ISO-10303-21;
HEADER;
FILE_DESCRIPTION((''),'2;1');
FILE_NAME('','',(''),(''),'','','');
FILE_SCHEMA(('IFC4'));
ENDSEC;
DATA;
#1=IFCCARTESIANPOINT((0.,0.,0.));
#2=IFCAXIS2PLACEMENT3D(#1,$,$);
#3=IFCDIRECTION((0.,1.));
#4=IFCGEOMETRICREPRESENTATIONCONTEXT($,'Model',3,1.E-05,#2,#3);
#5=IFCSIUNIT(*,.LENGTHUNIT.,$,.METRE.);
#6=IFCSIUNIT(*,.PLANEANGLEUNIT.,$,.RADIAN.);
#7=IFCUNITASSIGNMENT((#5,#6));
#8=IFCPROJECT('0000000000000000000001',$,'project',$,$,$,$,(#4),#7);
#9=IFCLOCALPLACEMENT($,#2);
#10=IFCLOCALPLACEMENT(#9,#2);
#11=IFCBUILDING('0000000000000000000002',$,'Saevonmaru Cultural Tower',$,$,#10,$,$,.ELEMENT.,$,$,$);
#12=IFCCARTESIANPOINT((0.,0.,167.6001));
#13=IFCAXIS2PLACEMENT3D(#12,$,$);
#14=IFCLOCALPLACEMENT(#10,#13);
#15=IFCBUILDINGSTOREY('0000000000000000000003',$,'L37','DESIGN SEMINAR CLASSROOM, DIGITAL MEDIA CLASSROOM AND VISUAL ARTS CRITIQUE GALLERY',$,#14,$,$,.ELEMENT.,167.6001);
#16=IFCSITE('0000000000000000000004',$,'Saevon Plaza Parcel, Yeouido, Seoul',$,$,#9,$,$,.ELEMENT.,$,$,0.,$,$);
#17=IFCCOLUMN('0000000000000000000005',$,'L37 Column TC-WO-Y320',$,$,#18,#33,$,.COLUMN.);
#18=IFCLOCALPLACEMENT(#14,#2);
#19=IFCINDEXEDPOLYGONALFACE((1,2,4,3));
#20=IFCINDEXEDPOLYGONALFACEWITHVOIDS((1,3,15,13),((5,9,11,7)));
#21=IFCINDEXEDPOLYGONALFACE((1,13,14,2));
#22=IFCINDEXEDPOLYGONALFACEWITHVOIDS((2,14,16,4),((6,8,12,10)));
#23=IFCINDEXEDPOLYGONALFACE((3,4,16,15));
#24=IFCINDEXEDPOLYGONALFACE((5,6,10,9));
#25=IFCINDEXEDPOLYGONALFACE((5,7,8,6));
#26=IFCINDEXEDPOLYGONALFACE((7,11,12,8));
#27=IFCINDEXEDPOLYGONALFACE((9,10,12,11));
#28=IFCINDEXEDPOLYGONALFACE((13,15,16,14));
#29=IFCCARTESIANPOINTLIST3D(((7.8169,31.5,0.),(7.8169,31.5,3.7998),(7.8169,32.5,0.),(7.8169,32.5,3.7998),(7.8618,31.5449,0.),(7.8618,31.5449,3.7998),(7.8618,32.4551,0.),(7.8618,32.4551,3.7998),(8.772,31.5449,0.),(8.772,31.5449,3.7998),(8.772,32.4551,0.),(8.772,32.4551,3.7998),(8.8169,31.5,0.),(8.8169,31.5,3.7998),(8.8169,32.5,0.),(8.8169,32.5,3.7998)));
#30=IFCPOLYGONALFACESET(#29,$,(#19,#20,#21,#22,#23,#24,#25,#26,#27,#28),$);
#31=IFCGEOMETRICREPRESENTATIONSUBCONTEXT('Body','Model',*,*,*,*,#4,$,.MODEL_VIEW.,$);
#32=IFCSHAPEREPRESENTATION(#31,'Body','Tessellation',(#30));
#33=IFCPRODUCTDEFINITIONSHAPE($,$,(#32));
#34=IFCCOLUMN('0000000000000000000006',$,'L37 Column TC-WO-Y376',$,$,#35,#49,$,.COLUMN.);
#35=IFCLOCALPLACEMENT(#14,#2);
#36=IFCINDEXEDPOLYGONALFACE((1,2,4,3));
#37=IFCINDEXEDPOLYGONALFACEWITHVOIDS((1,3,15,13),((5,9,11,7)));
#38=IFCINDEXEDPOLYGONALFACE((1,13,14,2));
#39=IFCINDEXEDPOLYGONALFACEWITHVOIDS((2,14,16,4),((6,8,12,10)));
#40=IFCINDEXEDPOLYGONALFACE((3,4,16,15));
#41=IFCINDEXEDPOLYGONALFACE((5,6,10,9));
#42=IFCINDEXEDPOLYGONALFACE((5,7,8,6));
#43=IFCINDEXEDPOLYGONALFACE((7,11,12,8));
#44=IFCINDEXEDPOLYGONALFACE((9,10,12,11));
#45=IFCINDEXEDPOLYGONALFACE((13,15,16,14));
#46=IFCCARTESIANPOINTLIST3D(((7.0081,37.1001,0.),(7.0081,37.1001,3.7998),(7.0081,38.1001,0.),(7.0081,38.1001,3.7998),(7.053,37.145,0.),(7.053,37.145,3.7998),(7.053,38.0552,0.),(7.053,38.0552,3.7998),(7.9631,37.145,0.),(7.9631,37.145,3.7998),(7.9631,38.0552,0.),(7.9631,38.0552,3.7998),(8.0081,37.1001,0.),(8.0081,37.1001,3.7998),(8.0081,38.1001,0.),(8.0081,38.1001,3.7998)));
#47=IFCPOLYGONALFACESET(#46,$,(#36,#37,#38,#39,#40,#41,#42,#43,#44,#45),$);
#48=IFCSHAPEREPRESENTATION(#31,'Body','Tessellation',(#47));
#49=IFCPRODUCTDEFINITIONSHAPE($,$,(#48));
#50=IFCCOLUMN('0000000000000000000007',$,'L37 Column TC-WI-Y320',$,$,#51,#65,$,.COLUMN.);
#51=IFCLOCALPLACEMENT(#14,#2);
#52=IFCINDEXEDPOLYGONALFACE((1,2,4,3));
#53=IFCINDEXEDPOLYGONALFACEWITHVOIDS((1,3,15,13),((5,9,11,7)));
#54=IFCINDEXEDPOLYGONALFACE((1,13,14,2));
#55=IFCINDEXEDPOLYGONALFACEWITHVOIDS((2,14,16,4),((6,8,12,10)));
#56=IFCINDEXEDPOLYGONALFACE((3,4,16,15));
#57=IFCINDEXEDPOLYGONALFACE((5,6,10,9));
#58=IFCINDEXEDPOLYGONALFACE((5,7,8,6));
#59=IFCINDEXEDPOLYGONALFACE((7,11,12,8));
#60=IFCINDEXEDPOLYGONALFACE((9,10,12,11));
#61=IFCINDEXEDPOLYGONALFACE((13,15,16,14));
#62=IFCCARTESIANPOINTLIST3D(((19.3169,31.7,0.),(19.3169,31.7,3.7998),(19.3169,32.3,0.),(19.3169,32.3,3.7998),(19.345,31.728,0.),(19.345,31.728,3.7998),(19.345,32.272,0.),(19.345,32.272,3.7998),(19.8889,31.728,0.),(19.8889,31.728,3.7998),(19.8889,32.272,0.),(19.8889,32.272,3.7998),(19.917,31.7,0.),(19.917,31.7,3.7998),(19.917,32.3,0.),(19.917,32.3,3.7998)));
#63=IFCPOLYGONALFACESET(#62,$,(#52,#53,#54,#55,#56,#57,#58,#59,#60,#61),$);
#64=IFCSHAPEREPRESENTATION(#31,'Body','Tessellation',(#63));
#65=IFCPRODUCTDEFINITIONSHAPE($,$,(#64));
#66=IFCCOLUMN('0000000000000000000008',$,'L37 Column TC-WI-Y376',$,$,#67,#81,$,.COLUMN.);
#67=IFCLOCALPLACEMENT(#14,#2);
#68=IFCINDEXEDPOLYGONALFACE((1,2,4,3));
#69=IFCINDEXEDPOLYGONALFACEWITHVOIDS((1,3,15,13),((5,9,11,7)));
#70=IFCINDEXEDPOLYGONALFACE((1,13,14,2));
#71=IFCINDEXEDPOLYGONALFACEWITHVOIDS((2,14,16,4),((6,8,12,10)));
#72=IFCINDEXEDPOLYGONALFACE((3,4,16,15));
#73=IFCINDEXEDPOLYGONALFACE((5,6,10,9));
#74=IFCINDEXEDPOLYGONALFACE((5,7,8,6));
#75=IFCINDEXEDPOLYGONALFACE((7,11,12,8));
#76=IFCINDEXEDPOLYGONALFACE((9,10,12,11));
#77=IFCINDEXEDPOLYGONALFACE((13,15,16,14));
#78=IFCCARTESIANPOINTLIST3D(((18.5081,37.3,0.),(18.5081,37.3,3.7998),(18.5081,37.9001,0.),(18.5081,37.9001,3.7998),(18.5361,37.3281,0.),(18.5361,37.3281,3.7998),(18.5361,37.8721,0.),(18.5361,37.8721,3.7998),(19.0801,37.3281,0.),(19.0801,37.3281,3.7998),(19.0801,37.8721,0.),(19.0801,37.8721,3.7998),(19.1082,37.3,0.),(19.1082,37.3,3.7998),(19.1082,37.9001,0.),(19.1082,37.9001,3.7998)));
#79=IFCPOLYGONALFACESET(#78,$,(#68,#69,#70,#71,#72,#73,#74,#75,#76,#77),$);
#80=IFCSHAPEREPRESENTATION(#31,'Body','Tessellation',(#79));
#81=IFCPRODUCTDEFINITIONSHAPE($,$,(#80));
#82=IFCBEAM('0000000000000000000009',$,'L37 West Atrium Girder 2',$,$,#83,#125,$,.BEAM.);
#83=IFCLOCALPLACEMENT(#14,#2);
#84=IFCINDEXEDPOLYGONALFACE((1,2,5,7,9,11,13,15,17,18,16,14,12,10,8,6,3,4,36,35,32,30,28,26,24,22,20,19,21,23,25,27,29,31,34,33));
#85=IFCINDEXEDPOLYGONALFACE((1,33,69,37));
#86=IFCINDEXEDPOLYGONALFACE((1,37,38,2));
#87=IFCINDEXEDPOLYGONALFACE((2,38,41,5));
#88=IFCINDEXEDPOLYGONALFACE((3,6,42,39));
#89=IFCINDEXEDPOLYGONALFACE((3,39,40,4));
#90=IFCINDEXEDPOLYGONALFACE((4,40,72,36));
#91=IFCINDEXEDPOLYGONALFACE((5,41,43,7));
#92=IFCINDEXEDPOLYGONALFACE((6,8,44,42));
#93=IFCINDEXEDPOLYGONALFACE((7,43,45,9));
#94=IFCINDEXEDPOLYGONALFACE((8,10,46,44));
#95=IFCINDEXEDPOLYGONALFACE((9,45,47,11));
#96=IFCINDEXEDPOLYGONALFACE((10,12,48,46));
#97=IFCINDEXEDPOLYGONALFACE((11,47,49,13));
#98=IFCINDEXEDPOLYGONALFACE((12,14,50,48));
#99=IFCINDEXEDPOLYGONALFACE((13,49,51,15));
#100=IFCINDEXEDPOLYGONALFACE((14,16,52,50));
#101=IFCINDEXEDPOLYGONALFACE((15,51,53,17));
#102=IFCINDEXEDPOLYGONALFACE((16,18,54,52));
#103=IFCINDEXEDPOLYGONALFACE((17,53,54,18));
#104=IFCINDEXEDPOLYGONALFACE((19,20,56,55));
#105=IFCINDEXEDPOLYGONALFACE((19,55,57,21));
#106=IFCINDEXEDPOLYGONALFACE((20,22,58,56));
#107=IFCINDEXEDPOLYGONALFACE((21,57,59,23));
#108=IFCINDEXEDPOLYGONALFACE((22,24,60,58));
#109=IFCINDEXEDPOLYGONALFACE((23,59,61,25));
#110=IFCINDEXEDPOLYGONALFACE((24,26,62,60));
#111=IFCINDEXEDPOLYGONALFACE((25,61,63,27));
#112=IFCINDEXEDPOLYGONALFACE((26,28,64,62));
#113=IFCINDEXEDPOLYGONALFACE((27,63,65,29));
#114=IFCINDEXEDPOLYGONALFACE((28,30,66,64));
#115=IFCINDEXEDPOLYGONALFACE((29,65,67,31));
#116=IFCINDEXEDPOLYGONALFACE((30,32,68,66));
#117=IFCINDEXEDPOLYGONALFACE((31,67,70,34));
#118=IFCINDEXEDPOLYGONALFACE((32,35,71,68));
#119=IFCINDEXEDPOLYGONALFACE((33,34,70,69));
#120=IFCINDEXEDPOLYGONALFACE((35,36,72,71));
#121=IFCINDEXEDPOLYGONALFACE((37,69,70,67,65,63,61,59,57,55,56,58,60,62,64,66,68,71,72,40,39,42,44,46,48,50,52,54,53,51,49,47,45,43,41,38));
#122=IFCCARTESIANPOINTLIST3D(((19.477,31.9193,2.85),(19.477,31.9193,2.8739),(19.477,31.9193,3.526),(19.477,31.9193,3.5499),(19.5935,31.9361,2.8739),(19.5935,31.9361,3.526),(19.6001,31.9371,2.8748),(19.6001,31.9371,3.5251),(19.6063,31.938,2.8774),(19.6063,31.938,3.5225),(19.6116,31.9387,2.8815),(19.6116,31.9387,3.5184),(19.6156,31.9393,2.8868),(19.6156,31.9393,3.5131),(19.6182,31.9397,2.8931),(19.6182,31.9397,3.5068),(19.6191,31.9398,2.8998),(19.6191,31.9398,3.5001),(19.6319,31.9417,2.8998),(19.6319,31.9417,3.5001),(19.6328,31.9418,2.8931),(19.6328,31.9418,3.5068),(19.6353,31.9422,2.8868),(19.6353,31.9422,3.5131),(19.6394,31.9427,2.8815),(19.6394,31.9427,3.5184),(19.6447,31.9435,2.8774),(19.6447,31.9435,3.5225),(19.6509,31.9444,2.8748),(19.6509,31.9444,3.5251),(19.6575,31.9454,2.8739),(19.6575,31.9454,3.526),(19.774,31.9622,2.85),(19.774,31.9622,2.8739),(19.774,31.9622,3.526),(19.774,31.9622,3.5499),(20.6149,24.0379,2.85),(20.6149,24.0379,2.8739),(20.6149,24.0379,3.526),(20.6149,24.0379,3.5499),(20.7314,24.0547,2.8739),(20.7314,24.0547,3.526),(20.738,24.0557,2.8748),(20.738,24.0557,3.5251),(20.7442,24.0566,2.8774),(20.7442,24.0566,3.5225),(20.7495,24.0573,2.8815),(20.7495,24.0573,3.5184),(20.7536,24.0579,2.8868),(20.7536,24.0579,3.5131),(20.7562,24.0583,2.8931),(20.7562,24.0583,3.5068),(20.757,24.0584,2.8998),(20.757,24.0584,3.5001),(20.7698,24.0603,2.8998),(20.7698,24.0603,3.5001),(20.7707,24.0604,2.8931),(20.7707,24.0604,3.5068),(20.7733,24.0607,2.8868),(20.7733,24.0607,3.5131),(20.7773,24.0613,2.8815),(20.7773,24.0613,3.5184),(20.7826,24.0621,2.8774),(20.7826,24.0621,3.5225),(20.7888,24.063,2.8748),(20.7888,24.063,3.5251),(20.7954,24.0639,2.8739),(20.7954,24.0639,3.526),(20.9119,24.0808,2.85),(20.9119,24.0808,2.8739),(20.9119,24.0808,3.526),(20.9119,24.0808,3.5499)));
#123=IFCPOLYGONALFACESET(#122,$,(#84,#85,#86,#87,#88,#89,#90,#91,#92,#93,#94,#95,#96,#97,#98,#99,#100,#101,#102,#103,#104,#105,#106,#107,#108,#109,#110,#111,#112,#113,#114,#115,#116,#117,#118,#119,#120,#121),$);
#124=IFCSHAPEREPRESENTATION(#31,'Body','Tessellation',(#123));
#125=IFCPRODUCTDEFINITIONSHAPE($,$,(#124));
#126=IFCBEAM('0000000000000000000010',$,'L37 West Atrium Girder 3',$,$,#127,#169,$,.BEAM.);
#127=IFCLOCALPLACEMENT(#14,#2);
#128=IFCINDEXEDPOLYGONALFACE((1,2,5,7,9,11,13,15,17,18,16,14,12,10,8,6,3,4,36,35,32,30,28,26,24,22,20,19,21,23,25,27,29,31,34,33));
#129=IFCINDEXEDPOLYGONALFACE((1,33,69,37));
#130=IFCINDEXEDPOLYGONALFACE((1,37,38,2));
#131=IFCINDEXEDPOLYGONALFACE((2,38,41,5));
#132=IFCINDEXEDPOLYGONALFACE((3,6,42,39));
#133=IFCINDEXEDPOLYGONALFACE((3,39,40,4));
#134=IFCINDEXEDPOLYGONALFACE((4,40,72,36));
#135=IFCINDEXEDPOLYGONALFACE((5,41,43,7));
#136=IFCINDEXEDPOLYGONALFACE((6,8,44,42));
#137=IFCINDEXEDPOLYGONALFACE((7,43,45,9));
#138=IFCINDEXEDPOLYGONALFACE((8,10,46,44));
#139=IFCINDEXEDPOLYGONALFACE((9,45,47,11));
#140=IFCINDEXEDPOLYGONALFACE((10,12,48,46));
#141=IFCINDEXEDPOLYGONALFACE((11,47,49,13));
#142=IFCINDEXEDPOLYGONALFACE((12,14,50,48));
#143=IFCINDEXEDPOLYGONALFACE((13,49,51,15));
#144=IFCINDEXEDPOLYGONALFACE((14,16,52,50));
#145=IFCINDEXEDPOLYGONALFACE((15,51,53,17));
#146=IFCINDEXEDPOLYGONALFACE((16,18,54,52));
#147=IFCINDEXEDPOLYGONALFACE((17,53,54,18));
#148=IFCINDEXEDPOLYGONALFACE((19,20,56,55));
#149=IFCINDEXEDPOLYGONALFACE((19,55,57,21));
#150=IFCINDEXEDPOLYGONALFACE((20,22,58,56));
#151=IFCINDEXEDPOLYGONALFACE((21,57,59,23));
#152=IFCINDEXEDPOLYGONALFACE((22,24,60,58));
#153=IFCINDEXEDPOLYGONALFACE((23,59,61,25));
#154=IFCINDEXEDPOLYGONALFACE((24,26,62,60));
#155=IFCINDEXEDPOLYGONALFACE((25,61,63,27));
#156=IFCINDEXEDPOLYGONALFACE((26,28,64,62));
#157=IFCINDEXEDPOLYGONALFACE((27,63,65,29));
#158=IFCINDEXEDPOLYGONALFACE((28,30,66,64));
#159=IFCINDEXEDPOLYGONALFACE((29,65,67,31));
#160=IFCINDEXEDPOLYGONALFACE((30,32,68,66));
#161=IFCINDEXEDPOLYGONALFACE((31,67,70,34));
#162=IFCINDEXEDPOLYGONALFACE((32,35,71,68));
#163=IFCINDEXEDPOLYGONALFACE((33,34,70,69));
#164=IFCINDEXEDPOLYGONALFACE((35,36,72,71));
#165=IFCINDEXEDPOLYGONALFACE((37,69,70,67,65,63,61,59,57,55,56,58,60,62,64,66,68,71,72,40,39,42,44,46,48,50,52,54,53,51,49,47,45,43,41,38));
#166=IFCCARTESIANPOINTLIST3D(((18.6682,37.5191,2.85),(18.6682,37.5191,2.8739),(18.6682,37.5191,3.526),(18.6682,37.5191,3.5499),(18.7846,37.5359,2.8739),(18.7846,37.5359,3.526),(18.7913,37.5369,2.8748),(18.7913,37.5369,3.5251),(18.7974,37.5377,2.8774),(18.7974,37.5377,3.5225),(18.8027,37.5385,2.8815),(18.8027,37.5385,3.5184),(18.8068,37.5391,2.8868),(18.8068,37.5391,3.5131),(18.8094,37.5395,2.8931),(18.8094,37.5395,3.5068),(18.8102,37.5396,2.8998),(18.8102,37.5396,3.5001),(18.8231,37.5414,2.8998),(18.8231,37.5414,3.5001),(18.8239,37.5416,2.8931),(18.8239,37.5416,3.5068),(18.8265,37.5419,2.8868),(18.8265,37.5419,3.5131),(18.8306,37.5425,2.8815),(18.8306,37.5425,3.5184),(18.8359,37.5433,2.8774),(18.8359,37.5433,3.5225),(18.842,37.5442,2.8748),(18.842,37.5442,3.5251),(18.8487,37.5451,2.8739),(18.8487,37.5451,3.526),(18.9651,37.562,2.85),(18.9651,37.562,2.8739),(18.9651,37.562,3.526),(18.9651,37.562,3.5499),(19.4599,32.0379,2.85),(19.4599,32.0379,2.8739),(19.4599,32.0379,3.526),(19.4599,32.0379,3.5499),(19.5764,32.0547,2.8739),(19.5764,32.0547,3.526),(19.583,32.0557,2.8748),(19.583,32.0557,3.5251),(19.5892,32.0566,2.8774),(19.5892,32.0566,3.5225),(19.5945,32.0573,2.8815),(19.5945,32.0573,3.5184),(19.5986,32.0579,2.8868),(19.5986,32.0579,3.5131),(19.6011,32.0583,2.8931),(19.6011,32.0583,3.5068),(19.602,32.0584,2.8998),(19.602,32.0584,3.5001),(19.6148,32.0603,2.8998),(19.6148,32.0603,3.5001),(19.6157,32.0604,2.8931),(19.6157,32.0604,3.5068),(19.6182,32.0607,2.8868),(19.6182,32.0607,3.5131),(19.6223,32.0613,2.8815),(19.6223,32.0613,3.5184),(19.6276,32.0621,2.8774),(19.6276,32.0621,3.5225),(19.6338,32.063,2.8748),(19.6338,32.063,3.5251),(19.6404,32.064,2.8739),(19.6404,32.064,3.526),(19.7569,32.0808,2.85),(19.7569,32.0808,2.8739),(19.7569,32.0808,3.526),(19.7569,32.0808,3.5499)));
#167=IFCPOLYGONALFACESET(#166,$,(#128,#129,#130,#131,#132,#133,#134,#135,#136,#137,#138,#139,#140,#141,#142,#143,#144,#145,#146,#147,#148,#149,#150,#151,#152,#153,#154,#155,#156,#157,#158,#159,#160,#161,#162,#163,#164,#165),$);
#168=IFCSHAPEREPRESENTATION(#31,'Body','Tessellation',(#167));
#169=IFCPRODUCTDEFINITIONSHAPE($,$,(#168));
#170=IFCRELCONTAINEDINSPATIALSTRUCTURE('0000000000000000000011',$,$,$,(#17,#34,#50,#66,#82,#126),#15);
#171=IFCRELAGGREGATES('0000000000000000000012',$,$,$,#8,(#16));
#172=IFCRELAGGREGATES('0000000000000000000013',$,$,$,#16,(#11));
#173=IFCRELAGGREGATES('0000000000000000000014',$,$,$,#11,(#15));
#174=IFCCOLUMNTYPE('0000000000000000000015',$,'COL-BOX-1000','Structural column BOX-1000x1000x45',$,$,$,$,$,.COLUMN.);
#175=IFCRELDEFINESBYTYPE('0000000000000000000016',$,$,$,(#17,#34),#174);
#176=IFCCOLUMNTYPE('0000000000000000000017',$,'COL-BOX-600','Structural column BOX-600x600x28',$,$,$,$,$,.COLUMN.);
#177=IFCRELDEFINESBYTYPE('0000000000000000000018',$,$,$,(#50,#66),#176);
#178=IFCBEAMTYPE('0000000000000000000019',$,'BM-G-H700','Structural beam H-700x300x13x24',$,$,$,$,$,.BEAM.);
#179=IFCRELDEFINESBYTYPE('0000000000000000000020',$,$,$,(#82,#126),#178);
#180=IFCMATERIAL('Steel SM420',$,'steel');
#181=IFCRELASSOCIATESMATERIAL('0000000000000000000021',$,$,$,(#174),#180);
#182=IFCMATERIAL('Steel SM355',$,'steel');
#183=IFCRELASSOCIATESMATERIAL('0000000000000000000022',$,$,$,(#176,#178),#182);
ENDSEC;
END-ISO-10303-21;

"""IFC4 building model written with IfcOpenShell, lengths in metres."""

from ifc_helpers import new_model, si_unit, direction, frame, origin, origin_2d, place, context, subcontext, project, spatial, hollow_rectangle, i_section, extrude, material, material_profile, profile_set, type_object, element, save


model = new_model("IFC4")

# Units and contexts
model_context = context("Model", 3, precision=1e-05, world=origin(), true_north=direction((0.0, 1.0)))
body_context = subcontext(model_context, "Body", "Model", "MODEL_VIEW")
ifc_project = project(units=[si_unit("LENGTHUNIT", "METRE"), si_unit("PLANEANGLEUNIT", "RADIAN")], contexts=[model_context])

# Site, building, storey
site_placement = place(None, origin())
site = spatial("IfcSite", under=ifc_project, at=site_placement, Name="Saevon Plaza Parcel, Yeouido, Seoul", CompositionType="ELEMENT", RefElevation=0.0)
building_placement = place(site_placement, origin())
building = spatial("IfcBuilding", under=site, at=building_placement, Name="Saevonmaru Cultural Tower", CompositionType="ELEMENT")
storey_placement = place(building_placement, frame((0.0, 0.0, 167.6001)))
storey = spatial("IfcBuildingStorey", under=building, at=storey_placement, Name="L37", Description="DESIGN SEMINAR CLASSROOM, DIGITAL MEDIA CLASSROOM AND VISUAL ARTS CRITIQUE GALLERY", CompositionType="ELEMENT", Elevation=167.6001)

# Columns
ifc_material_1 = material(Name="Steel SM420", Category="steel")
ifc_material_profile_1 = material_profile(ifc_material_1, hollow_rectangle(XDim=1.0, YDim=1.0, WallThickness=0.0449, at=origin_2d()), Name="BOX-1000x1000x45")
ifc_profile_set_1 = profile_set([ifc_material_profile_1], Name="Steel SM420")
column_type_1 = type_object("IfcColumnType", Name="COL-BOX-1000", Description="Structural column BOX-1000x1000x45", PredefinedType="COLUMN", material=ifc_profile_set_1)
for number, where, z_axis, x_axis, name in (
    (1, (8.3169, 32.0, 0.0), (0.0, 0.0, 1.0), (1.0, 0.0, 0.0), "L37 Column TC-WO-Y320"),
    (2, (7.5081, 37.6001, 0.0), (0.0, 0.0, 1.0), (1.0, 0.0, 0.0), "L37 Column TC-WO-Y376"),
):
    element("IfcColumn", number, at=place(storey_placement, frame(where, z_axis=z_axis, x_axis=x_axis)), inside=storey, type_object=column_type_1, Name=name, PredefinedType="COLUMN", context=body_context, shape_type="SweptSolid", body=[
        extrude(hollow_rectangle(XDim=1.0, YDim=1.0, WallThickness=0.0449, at=origin_2d()), origin(), (0.0, 0.0, 1.0), 3.7998),
    ])
ifc_material_2 = material(Name="Steel SM355", Category="steel")
ifc_material_profile_2 = material_profile(ifc_material_2, hollow_rectangle(XDim=0.6001, YDim=0.6001, WallThickness=0.0281, at=origin_2d()), Name="BOX-600x600x28")
ifc_profile_set_2 = profile_set([ifc_material_profile_2], Name="Steel SM355")
column_type_2 = type_object("IfcColumnType", Name="COL-BOX-600", Description="Structural column BOX-600x600x28", PredefinedType="COLUMN", material=ifc_profile_set_2)
for number, where, z_axis, x_axis, name in (
    (3, (19.6169, 32.0, 0.0), (0.0, 0.0, 1.0), (1.0, 0.0, 0.0), "L37 Column TC-WI-Y320"),
    (4, (18.8081, 37.6001, 0.0), (0.0, 0.0, 1.0), (1.0, 0.0, 0.0), "L37 Column TC-WI-Y376"),
):
    element("IfcColumn", number, at=place(storey_placement, frame(where, z_axis=z_axis, x_axis=x_axis)), inside=storey, type_object=column_type_2, Name=name, PredefinedType="COLUMN", context=body_context, shape_type="SweptSolid", body=[
        extrude(hollow_rectangle(XDim=0.6001, YDim=0.6001, WallThickness=0.0281, at=origin_2d()), origin(), (0.0, 0.0, 1.0), 3.7998),
    ])

# Beams
ifc_material_profile_3 = material_profile(ifc_material_2, i_section(OverallWidth=0.3, OverallDepth=0.7, WebThickness=0.0129, FlangeThickness=0.0239, FilletRadius=0.0259, at=origin_2d()), Name="H-700x300x13x24")
ifc_profile_set_3 = profile_set([ifc_material_profile_3], Name="Steel SM355")
beam_type_1 = type_object("IfcBeamType", Name="BM-G-H700", Description="Structural beam H-700x300x13x24", PredefinedType="BEAM", material=ifc_profile_set_3)
beam_1_placement = place(storey_placement, frame((20.7634, 24.0593, 3.2), z_axis=(-0.142902, 0.989737, 0.0), x_axis=(-0.989737, -0.142902, 0.0)))
element("IfcBeam", 5, at=beam_1_placement, inside=storey, type_object=beam_type_1, Name="L37 West Atrium Girder 2", PredefinedType="BEAM", context=body_context, shape_type="SweptSolid", body=[
    extrude(i_section(OverallWidth=0.3, OverallDepth=0.7, WebThickness=0.0129, FlangeThickness=0.0239, FilletRadius=0.0259, at=origin_2d()), origin(), (0.0, 0.0, 1.0), 7.9631),
])
beam_2_placement = place(storey_placement, frame((19.6084, 32.0593, 3.2), z_axis=(-0.142964, 0.989728, 0.0), x_axis=(-0.989728, -0.142964, 0.0)))
element("IfcBeam", 6, at=beam_2_placement, inside=storey, type_object=beam_type_1, Name="L37 West Atrium Girder 3", PredefinedType="BEAM", context=body_context, shape_type="SweptSolid", body=[
    extrude(i_section(OverallWidth=0.3, OverallDepth=0.7, WebThickness=0.0129, FlangeThickness=0.0239, FilletRadius=0.0259, at=origin_2d()), origin(), (0.0, 0.0, 1.0), 5.5381),
])

save(model, "model.ifc")
